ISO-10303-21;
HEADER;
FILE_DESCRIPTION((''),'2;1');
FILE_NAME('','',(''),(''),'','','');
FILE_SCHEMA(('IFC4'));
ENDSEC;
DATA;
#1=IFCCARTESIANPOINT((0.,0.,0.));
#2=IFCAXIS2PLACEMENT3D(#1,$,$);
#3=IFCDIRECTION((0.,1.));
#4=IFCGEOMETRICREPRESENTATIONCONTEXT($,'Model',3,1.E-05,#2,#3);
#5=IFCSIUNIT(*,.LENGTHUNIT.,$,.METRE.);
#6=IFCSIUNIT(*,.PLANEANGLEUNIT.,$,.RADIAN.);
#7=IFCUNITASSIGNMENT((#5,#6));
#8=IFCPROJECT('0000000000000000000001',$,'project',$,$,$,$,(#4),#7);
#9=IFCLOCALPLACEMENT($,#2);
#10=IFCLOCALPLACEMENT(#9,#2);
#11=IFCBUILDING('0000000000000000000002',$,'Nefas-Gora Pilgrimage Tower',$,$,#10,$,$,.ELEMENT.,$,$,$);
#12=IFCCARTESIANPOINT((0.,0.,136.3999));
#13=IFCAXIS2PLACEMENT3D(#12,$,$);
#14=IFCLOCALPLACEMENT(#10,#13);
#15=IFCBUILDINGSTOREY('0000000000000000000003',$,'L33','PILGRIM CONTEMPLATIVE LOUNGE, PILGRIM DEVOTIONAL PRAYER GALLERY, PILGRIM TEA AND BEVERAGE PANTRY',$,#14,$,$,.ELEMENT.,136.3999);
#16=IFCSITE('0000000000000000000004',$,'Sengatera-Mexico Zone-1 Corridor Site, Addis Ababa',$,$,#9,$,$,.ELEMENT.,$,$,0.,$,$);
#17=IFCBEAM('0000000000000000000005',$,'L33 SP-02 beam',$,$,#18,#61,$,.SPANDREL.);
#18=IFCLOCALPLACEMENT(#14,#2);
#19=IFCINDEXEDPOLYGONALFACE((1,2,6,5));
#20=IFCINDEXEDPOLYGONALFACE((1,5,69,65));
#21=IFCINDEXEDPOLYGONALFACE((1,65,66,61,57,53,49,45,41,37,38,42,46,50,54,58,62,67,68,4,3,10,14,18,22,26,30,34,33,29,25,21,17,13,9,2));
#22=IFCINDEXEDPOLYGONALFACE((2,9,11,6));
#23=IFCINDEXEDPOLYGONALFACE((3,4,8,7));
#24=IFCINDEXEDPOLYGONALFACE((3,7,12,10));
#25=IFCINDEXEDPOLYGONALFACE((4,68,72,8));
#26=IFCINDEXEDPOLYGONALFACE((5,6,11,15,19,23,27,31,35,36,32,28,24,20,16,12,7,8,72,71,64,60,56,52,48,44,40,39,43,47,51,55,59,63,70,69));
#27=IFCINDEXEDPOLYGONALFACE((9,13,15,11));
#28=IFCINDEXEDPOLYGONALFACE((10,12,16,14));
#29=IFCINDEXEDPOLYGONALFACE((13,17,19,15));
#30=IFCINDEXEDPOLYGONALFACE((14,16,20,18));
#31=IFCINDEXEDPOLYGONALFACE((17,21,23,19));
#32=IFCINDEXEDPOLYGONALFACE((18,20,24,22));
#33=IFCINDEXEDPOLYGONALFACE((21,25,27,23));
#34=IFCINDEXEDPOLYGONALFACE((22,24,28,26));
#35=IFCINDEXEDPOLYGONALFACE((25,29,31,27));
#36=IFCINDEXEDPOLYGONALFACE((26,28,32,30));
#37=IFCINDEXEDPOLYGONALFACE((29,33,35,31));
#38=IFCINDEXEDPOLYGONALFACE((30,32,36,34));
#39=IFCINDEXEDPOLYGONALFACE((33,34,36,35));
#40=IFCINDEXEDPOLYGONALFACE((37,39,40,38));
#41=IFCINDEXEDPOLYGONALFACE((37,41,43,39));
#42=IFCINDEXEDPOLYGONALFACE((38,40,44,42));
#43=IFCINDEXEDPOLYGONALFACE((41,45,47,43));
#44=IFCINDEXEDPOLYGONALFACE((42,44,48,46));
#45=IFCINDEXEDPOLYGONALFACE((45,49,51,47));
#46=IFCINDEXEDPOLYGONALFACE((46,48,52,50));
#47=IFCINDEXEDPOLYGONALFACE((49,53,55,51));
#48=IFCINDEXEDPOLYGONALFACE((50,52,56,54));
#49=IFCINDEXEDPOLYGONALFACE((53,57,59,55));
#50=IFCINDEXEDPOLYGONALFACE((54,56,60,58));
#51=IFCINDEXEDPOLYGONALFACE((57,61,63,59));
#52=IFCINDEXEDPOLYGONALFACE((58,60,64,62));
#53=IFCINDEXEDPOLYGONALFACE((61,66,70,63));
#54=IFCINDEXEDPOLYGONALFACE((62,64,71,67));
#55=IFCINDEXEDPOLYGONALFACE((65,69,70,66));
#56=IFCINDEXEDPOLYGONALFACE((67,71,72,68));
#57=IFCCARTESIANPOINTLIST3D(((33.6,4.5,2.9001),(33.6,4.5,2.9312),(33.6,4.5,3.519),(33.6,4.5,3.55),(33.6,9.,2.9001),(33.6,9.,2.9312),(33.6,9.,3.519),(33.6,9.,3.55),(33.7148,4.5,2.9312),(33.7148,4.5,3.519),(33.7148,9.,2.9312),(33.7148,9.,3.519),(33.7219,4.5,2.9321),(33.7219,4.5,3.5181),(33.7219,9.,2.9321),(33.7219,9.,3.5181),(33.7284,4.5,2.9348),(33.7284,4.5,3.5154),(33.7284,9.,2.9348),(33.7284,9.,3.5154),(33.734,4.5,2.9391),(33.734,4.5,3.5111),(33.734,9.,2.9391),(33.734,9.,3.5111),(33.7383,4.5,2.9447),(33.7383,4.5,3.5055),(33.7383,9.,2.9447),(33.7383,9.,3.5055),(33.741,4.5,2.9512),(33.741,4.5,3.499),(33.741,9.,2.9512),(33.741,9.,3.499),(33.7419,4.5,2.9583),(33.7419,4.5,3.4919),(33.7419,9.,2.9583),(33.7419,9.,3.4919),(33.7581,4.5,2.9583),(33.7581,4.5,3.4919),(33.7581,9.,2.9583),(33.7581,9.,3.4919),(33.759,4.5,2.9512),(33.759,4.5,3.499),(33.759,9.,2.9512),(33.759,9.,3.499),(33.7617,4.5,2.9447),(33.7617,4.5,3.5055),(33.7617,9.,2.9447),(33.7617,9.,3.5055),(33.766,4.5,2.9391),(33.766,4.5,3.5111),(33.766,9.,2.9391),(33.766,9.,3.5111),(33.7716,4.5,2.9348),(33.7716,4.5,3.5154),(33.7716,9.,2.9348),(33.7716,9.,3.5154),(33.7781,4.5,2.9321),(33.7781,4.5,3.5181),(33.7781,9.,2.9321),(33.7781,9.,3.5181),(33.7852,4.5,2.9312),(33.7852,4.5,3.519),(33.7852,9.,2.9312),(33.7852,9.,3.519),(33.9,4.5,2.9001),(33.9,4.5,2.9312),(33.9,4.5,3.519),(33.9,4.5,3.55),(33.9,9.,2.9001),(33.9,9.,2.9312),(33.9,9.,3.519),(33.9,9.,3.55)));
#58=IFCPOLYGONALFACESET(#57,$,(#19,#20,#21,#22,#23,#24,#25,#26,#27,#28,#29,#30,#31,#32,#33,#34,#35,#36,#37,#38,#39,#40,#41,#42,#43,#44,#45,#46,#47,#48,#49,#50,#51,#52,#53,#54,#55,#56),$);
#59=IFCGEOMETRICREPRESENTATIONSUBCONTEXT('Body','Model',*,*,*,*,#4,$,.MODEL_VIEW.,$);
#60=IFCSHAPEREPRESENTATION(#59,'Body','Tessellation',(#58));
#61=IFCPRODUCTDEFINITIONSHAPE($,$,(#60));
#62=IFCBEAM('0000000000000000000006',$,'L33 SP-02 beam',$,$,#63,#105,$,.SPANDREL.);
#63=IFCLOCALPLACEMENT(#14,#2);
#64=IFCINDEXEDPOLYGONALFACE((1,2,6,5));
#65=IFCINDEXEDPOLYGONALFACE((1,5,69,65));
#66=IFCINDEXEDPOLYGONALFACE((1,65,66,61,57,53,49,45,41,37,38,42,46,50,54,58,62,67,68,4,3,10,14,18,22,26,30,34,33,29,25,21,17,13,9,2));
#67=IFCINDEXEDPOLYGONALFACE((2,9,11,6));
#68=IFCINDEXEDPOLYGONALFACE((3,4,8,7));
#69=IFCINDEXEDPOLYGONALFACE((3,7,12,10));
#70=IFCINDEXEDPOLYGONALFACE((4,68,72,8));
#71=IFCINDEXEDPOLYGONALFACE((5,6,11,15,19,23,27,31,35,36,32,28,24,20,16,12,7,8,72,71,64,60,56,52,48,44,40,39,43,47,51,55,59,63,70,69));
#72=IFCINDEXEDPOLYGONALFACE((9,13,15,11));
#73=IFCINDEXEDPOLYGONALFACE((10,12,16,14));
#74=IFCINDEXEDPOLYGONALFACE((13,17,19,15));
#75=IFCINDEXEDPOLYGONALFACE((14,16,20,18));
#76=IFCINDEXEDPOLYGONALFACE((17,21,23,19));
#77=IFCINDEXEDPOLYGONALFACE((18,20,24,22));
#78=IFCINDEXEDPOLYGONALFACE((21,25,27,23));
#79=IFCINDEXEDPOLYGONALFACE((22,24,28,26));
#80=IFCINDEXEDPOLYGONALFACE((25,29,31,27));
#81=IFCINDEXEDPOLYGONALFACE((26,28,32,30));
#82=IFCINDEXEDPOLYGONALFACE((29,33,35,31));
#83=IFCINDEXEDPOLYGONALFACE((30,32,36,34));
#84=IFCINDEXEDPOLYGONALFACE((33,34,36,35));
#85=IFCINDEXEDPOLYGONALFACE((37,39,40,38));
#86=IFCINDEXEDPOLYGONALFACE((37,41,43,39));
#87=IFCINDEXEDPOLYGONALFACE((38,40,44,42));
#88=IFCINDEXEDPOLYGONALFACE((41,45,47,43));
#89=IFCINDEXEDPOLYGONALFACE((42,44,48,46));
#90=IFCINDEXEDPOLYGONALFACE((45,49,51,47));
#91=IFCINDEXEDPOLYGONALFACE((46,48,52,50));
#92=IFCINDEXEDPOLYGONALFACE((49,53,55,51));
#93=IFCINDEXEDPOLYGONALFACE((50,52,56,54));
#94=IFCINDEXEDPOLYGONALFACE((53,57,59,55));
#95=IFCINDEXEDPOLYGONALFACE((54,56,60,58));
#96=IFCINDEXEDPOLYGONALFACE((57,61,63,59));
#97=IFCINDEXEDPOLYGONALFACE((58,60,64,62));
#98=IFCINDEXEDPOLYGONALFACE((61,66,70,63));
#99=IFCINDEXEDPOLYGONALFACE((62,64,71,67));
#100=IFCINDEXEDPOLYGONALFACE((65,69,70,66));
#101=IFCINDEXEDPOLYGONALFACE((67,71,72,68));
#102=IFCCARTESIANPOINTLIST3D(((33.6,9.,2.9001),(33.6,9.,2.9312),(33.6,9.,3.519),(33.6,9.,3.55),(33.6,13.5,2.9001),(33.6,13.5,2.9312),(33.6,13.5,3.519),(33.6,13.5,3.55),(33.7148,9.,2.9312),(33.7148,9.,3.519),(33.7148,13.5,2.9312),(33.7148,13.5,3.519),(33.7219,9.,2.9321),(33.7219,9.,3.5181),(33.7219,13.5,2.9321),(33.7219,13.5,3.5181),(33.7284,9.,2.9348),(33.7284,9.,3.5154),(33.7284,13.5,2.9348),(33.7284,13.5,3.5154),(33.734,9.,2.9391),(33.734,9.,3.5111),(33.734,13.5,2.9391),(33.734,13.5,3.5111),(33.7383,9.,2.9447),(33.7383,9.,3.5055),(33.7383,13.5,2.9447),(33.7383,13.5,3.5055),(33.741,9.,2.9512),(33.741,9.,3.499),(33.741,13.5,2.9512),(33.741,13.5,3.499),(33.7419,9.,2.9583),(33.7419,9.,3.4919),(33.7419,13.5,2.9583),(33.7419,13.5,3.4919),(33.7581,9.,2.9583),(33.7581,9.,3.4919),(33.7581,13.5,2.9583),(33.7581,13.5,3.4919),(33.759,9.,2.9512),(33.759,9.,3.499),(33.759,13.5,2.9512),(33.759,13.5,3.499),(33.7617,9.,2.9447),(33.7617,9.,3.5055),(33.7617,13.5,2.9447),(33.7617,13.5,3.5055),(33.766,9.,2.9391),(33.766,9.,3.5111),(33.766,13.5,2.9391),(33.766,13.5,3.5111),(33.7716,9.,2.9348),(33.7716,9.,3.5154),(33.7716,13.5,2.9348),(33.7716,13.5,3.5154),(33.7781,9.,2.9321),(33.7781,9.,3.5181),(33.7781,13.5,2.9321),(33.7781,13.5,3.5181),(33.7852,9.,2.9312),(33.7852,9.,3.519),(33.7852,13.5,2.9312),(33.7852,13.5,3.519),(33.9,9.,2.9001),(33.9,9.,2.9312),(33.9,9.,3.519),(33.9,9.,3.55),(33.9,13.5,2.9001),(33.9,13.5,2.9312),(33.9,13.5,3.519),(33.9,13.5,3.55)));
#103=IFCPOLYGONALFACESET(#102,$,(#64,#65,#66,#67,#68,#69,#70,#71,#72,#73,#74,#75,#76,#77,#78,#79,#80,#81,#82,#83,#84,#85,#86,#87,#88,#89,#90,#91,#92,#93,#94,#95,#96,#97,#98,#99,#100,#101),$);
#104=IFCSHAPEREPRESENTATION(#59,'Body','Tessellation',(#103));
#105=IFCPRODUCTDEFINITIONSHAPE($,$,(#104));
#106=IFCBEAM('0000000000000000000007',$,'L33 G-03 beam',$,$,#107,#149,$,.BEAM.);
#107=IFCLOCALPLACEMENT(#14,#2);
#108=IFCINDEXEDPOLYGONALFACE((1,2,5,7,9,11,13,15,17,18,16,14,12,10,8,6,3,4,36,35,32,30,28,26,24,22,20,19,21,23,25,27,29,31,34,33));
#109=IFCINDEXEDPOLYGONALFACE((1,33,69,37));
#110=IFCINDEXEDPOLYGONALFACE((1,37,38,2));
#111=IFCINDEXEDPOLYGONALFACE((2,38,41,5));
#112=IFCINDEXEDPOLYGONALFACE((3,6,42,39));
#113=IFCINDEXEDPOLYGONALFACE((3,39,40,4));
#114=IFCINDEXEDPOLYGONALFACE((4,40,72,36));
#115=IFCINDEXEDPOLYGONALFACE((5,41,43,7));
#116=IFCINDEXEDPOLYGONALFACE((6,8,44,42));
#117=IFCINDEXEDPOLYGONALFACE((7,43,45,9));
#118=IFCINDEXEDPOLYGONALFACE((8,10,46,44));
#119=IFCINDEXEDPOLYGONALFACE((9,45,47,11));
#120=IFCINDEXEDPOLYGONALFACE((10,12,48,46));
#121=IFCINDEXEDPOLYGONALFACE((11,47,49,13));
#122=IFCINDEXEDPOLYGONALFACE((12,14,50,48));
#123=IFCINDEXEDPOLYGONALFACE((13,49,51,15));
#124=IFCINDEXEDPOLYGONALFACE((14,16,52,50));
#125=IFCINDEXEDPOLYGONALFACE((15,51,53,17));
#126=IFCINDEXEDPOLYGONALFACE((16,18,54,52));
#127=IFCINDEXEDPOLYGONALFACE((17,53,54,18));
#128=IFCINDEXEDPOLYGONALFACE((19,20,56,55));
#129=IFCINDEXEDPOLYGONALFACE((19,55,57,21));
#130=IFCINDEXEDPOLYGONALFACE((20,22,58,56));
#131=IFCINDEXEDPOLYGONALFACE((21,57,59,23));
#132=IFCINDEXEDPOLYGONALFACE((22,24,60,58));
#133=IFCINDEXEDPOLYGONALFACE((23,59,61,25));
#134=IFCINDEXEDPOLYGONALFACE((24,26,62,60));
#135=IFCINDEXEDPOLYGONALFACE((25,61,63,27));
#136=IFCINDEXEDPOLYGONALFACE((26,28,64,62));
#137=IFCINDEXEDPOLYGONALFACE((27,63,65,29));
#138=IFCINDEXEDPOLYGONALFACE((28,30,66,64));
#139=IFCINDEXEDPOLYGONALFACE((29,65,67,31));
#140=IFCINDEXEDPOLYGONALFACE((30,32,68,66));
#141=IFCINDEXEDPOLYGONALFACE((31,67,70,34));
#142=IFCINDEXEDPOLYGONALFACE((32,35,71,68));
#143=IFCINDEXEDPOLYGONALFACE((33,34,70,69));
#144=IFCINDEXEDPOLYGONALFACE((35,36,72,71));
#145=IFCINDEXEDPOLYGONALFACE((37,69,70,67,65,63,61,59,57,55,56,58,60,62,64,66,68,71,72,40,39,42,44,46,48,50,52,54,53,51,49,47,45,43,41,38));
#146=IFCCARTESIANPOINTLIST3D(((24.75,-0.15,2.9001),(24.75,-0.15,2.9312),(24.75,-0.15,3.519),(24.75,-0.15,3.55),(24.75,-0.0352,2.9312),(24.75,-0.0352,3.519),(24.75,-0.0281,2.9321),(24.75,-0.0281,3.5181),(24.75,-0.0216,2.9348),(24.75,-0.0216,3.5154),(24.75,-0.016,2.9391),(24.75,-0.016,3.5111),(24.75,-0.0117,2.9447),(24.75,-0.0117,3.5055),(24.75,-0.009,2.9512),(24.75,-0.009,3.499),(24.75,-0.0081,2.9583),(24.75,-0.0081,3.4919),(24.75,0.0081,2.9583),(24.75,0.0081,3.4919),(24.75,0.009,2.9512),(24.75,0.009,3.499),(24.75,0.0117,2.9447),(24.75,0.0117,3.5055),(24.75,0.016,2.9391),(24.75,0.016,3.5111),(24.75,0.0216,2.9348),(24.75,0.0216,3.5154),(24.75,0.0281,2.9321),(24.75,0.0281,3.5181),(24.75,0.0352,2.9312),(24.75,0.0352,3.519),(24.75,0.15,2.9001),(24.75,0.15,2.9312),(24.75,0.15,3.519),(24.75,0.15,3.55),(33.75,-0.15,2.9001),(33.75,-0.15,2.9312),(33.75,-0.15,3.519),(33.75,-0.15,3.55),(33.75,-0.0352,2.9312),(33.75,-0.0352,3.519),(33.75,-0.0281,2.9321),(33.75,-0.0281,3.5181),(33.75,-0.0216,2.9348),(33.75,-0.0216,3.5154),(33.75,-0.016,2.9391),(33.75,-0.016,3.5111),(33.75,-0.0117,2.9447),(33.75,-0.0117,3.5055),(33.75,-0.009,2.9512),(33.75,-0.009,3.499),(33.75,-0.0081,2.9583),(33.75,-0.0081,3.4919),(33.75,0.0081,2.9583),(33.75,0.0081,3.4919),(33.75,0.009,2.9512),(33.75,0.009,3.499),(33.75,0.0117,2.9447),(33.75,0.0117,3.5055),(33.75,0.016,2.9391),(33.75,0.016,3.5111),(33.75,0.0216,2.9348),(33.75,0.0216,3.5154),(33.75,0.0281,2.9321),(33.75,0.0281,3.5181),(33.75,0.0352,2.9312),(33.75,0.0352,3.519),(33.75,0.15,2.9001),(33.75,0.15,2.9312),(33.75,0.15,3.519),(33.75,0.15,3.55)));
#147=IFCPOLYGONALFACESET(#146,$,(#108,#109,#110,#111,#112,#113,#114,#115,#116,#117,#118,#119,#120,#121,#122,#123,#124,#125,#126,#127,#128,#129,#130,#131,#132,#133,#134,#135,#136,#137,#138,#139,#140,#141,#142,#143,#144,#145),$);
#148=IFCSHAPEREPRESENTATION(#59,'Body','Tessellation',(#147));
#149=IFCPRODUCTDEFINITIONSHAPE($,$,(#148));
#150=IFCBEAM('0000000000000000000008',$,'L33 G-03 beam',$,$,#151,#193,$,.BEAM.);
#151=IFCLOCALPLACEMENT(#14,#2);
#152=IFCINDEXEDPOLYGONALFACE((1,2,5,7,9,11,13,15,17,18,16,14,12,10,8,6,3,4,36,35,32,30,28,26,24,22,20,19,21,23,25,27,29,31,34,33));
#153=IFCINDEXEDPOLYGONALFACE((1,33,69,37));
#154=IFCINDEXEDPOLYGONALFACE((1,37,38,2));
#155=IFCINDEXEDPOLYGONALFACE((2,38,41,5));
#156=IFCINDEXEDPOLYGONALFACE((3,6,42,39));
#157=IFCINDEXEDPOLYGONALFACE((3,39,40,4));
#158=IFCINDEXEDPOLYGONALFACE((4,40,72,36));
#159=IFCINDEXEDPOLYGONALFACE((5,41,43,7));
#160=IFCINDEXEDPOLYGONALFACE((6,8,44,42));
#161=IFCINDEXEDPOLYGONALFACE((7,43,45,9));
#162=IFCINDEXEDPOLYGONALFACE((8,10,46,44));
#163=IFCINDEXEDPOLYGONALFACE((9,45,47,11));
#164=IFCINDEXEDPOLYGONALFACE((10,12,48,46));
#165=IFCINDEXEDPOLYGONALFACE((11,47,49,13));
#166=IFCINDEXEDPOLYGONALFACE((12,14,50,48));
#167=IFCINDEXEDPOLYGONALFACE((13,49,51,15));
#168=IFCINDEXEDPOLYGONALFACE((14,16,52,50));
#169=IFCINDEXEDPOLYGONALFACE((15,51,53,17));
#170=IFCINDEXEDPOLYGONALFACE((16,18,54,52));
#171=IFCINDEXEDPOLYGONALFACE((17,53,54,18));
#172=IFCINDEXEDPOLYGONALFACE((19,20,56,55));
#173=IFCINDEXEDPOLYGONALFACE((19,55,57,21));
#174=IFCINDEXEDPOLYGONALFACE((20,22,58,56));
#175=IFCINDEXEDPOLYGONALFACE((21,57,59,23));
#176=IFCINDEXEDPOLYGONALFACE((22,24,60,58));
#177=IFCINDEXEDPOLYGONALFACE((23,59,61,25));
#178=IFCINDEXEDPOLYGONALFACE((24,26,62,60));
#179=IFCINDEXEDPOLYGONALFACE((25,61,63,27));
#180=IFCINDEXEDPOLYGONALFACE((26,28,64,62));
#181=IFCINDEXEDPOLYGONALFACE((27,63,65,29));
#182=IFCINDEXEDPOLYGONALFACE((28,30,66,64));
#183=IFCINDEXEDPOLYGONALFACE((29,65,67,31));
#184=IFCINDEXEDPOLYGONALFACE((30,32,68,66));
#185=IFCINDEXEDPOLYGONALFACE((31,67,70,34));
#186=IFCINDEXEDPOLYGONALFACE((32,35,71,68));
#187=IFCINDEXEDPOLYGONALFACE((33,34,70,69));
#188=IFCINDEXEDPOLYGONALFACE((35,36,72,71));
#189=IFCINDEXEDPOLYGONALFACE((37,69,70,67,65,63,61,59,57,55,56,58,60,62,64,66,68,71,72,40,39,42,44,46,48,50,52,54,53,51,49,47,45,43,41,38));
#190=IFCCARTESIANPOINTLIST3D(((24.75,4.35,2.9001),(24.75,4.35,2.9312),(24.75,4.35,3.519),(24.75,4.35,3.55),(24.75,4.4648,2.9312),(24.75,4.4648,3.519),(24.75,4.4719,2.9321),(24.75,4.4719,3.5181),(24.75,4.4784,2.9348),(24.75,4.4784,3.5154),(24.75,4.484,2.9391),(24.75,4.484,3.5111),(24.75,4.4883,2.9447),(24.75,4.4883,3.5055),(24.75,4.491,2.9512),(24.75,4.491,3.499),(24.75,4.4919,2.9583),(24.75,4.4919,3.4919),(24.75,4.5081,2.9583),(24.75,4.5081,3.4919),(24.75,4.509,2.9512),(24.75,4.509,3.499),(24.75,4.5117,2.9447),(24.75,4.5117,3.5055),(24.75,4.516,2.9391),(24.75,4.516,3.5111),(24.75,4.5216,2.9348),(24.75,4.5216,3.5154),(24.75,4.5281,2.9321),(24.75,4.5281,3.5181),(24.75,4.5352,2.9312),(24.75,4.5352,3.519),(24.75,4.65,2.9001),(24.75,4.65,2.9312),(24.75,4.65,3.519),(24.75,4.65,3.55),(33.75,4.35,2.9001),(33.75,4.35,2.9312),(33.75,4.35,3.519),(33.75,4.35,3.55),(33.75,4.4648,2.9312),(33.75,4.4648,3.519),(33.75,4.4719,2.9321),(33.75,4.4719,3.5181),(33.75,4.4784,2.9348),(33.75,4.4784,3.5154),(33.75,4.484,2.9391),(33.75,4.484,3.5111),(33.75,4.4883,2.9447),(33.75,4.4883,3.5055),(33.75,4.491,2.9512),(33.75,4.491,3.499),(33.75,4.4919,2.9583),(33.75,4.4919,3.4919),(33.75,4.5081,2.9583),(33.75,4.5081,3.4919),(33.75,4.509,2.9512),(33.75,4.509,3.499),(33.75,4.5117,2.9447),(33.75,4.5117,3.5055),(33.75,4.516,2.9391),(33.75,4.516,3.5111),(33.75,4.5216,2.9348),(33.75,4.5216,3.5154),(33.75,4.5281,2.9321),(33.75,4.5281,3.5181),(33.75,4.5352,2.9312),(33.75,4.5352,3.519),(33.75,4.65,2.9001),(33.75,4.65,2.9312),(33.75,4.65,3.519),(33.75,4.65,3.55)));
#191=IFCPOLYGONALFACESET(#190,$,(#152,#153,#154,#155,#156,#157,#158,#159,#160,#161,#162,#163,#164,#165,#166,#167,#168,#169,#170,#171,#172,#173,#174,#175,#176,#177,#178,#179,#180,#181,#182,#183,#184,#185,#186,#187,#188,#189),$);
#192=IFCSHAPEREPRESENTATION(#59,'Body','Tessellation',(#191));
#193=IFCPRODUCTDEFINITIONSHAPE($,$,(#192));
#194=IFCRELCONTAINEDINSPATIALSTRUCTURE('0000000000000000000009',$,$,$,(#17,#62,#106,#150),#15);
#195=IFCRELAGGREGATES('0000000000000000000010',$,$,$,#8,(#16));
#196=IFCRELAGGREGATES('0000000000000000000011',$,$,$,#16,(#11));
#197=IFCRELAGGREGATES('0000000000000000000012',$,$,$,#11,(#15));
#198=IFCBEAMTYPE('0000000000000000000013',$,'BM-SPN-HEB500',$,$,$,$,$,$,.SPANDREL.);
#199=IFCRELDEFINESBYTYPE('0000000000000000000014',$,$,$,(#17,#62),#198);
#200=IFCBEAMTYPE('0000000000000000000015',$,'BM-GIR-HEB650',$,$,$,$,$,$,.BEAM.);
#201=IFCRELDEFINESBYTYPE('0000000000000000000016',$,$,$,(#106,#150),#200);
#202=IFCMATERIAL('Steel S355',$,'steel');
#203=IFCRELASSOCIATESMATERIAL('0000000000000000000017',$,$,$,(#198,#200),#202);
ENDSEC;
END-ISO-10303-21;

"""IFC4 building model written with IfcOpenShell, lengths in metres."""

from ifc_helpers import new_model, si_unit, direction, frame, origin, origin_2d, place, context, subcontext, project, spatial, i_section, extrude, source, transform, mapped, material, material_profile, profile_set, type_object, element, save


model = new_model("IFC4")

# Units and contexts
model_context = context("Model", 3, precision=1e-05, world=origin(), true_north=direction((0.0, 1.0)))
body_context = subcontext(model_context, "Body", "Model", "MODEL_VIEW")
ifc_project = project(units=[si_unit("LENGTHUNIT", "METRE"), si_unit("PLANEANGLEUNIT", "RADIAN")], contexts=[model_context])

# Site, building, storey
site_placement = place(None, origin())
site = spatial("IfcSite", under=ifc_project, at=site_placement, Name="Sengatera-Mexico Zone-1 Corridor Site, Addis Ababa", CompositionType="ELEMENT", RefElevation=0.0)
building_placement = place(site_placement, origin())
building = spatial("IfcBuilding", under=site, at=building_placement, Name="Nefas-Gora Pilgrimage Tower", CompositionType="ELEMENT")
storey_placement = place(building_placement, frame((0.0, 0.0, 136.3999)))
storey = spatial("IfcBuildingStorey", under=building, at=storey_placement, Name="L33", Description="PILGRIM CONTEMPLATIVE LOUNGE, PILGRIM DEVOTIONAL PRAYER GALLERY, PILGRIM TEA AND BEVERAGE PANTRY", CompositionType="ELEMENT", Elevation=136.3999)

# Beams
ifc_material_1 = material(Name="Steel S355", Category="steel")
ifc_material_profile_1 = material_profile(ifc_material_1, i_section(OverallWidth=0.3, OverallDepth=0.6499, WebThickness=0.0161, FlangeThickness=0.031, FilletRadius=0.0271, at=origin_2d()), Name="HEB 650")
ifc_profile_set_1 = profile_set([ifc_material_profile_1], Name="Steel S355")
beam_type_1 = type_object("IfcBeamType", Name="BM-SPN-HEB500", PredefinedType="SPANDREL", material=ifc_profile_set_1)
shared_shape_1 = source(origin(), body_context, "Body", "SweptSolid", [
    extrude(i_section(OverallWidth=0.3, OverallDepth=0.6499, WebThickness=0.0161, FlangeThickness=0.031, FilletRadius=0.0271, at=origin_2d()), origin(), (0.0, 0.0, 1.0), 4.5),
])
for number, where, z_axis, x_axis, name in (
    (1, (33.75, 4.5, 3.2251), (0.0, 1.0, 0.0), (-1.0, 0.0, 0.0), "L33 SP-02 beam"),
    (2, (33.75, 9.0, 3.2251), (0.0, 1.0, 0.0), (-1.0, 0.0, 0.0), "L33 SP-02 beam"),
):
    element("IfcBeam", number, at=place(storey_placement, frame(where, z_axis=z_axis, x_axis=x_axis)), inside=storey, type_object=beam_type_1, Name=name, PredefinedType="SPANDREL", context=body_context, shape_type="MappedRepresentation", body=[
        mapped(shared_shape_1, transform((0.0, 0.0, 0.0), x_axis=(1.0, 0.0, 0.0), y_axis=(0.0, 1.0, 0.0), z_axis=(0.0, 0.0, 1.0), scale=1.0)),
    ])
ifc_material_profile_2 = material_profile(ifc_material_1, i_section(OverallWidth=0.3, OverallDepth=0.6499, WebThickness=0.0161, FlangeThickness=0.031, FilletRadius=0.0271, at=origin_2d()), Name="HEB 650")
ifc_profile_set_2 = profile_set([ifc_material_profile_2], Name="Steel S355")
beam_type_2 = type_object("IfcBeamType", Name="BM-GIR-HEB650", PredefinedType="BEAM", material=ifc_profile_set_2)
shared_shape_2 = source(origin(), body_context, "Body", "SweptSolid", [
    extrude(i_section(OverallWidth=0.3, OverallDepth=0.6499, WebThickness=0.0161, FlangeThickness=0.031, FilletRadius=0.0271, at=origin_2d()), origin(), (0.0, 0.0, 1.0), 9.0),
])
for number, where, z_axis, x_axis, name in (
    (3, (24.75, 0.0, 3.2251), (1.0, 0.0, 0.0), (0.0, 1.0, 0.0), "L33 G-03 beam"),
    (4, (24.75, 4.5, 3.2251), (1.0, 0.0, 0.0), (0.0, 1.0, 0.0), "L33 G-03 beam"),
):
    element("IfcBeam", number, at=place(storey_placement, frame(where, z_axis=z_axis, x_axis=x_axis)), inside=storey, type_object=beam_type_2, Name=name, PredefinedType="BEAM", context=body_context, shape_type="MappedRepresentation", body=[
        mapped(shared_shape_2, transform((0.0, 0.0, 0.0), x_axis=(1.0, 0.0, 0.0), y_axis=(0.0, 1.0, 0.0), z_axis=(0.0, 0.0, 1.0), scale=1.0)),
    ])

save(model, "model.ifc")
